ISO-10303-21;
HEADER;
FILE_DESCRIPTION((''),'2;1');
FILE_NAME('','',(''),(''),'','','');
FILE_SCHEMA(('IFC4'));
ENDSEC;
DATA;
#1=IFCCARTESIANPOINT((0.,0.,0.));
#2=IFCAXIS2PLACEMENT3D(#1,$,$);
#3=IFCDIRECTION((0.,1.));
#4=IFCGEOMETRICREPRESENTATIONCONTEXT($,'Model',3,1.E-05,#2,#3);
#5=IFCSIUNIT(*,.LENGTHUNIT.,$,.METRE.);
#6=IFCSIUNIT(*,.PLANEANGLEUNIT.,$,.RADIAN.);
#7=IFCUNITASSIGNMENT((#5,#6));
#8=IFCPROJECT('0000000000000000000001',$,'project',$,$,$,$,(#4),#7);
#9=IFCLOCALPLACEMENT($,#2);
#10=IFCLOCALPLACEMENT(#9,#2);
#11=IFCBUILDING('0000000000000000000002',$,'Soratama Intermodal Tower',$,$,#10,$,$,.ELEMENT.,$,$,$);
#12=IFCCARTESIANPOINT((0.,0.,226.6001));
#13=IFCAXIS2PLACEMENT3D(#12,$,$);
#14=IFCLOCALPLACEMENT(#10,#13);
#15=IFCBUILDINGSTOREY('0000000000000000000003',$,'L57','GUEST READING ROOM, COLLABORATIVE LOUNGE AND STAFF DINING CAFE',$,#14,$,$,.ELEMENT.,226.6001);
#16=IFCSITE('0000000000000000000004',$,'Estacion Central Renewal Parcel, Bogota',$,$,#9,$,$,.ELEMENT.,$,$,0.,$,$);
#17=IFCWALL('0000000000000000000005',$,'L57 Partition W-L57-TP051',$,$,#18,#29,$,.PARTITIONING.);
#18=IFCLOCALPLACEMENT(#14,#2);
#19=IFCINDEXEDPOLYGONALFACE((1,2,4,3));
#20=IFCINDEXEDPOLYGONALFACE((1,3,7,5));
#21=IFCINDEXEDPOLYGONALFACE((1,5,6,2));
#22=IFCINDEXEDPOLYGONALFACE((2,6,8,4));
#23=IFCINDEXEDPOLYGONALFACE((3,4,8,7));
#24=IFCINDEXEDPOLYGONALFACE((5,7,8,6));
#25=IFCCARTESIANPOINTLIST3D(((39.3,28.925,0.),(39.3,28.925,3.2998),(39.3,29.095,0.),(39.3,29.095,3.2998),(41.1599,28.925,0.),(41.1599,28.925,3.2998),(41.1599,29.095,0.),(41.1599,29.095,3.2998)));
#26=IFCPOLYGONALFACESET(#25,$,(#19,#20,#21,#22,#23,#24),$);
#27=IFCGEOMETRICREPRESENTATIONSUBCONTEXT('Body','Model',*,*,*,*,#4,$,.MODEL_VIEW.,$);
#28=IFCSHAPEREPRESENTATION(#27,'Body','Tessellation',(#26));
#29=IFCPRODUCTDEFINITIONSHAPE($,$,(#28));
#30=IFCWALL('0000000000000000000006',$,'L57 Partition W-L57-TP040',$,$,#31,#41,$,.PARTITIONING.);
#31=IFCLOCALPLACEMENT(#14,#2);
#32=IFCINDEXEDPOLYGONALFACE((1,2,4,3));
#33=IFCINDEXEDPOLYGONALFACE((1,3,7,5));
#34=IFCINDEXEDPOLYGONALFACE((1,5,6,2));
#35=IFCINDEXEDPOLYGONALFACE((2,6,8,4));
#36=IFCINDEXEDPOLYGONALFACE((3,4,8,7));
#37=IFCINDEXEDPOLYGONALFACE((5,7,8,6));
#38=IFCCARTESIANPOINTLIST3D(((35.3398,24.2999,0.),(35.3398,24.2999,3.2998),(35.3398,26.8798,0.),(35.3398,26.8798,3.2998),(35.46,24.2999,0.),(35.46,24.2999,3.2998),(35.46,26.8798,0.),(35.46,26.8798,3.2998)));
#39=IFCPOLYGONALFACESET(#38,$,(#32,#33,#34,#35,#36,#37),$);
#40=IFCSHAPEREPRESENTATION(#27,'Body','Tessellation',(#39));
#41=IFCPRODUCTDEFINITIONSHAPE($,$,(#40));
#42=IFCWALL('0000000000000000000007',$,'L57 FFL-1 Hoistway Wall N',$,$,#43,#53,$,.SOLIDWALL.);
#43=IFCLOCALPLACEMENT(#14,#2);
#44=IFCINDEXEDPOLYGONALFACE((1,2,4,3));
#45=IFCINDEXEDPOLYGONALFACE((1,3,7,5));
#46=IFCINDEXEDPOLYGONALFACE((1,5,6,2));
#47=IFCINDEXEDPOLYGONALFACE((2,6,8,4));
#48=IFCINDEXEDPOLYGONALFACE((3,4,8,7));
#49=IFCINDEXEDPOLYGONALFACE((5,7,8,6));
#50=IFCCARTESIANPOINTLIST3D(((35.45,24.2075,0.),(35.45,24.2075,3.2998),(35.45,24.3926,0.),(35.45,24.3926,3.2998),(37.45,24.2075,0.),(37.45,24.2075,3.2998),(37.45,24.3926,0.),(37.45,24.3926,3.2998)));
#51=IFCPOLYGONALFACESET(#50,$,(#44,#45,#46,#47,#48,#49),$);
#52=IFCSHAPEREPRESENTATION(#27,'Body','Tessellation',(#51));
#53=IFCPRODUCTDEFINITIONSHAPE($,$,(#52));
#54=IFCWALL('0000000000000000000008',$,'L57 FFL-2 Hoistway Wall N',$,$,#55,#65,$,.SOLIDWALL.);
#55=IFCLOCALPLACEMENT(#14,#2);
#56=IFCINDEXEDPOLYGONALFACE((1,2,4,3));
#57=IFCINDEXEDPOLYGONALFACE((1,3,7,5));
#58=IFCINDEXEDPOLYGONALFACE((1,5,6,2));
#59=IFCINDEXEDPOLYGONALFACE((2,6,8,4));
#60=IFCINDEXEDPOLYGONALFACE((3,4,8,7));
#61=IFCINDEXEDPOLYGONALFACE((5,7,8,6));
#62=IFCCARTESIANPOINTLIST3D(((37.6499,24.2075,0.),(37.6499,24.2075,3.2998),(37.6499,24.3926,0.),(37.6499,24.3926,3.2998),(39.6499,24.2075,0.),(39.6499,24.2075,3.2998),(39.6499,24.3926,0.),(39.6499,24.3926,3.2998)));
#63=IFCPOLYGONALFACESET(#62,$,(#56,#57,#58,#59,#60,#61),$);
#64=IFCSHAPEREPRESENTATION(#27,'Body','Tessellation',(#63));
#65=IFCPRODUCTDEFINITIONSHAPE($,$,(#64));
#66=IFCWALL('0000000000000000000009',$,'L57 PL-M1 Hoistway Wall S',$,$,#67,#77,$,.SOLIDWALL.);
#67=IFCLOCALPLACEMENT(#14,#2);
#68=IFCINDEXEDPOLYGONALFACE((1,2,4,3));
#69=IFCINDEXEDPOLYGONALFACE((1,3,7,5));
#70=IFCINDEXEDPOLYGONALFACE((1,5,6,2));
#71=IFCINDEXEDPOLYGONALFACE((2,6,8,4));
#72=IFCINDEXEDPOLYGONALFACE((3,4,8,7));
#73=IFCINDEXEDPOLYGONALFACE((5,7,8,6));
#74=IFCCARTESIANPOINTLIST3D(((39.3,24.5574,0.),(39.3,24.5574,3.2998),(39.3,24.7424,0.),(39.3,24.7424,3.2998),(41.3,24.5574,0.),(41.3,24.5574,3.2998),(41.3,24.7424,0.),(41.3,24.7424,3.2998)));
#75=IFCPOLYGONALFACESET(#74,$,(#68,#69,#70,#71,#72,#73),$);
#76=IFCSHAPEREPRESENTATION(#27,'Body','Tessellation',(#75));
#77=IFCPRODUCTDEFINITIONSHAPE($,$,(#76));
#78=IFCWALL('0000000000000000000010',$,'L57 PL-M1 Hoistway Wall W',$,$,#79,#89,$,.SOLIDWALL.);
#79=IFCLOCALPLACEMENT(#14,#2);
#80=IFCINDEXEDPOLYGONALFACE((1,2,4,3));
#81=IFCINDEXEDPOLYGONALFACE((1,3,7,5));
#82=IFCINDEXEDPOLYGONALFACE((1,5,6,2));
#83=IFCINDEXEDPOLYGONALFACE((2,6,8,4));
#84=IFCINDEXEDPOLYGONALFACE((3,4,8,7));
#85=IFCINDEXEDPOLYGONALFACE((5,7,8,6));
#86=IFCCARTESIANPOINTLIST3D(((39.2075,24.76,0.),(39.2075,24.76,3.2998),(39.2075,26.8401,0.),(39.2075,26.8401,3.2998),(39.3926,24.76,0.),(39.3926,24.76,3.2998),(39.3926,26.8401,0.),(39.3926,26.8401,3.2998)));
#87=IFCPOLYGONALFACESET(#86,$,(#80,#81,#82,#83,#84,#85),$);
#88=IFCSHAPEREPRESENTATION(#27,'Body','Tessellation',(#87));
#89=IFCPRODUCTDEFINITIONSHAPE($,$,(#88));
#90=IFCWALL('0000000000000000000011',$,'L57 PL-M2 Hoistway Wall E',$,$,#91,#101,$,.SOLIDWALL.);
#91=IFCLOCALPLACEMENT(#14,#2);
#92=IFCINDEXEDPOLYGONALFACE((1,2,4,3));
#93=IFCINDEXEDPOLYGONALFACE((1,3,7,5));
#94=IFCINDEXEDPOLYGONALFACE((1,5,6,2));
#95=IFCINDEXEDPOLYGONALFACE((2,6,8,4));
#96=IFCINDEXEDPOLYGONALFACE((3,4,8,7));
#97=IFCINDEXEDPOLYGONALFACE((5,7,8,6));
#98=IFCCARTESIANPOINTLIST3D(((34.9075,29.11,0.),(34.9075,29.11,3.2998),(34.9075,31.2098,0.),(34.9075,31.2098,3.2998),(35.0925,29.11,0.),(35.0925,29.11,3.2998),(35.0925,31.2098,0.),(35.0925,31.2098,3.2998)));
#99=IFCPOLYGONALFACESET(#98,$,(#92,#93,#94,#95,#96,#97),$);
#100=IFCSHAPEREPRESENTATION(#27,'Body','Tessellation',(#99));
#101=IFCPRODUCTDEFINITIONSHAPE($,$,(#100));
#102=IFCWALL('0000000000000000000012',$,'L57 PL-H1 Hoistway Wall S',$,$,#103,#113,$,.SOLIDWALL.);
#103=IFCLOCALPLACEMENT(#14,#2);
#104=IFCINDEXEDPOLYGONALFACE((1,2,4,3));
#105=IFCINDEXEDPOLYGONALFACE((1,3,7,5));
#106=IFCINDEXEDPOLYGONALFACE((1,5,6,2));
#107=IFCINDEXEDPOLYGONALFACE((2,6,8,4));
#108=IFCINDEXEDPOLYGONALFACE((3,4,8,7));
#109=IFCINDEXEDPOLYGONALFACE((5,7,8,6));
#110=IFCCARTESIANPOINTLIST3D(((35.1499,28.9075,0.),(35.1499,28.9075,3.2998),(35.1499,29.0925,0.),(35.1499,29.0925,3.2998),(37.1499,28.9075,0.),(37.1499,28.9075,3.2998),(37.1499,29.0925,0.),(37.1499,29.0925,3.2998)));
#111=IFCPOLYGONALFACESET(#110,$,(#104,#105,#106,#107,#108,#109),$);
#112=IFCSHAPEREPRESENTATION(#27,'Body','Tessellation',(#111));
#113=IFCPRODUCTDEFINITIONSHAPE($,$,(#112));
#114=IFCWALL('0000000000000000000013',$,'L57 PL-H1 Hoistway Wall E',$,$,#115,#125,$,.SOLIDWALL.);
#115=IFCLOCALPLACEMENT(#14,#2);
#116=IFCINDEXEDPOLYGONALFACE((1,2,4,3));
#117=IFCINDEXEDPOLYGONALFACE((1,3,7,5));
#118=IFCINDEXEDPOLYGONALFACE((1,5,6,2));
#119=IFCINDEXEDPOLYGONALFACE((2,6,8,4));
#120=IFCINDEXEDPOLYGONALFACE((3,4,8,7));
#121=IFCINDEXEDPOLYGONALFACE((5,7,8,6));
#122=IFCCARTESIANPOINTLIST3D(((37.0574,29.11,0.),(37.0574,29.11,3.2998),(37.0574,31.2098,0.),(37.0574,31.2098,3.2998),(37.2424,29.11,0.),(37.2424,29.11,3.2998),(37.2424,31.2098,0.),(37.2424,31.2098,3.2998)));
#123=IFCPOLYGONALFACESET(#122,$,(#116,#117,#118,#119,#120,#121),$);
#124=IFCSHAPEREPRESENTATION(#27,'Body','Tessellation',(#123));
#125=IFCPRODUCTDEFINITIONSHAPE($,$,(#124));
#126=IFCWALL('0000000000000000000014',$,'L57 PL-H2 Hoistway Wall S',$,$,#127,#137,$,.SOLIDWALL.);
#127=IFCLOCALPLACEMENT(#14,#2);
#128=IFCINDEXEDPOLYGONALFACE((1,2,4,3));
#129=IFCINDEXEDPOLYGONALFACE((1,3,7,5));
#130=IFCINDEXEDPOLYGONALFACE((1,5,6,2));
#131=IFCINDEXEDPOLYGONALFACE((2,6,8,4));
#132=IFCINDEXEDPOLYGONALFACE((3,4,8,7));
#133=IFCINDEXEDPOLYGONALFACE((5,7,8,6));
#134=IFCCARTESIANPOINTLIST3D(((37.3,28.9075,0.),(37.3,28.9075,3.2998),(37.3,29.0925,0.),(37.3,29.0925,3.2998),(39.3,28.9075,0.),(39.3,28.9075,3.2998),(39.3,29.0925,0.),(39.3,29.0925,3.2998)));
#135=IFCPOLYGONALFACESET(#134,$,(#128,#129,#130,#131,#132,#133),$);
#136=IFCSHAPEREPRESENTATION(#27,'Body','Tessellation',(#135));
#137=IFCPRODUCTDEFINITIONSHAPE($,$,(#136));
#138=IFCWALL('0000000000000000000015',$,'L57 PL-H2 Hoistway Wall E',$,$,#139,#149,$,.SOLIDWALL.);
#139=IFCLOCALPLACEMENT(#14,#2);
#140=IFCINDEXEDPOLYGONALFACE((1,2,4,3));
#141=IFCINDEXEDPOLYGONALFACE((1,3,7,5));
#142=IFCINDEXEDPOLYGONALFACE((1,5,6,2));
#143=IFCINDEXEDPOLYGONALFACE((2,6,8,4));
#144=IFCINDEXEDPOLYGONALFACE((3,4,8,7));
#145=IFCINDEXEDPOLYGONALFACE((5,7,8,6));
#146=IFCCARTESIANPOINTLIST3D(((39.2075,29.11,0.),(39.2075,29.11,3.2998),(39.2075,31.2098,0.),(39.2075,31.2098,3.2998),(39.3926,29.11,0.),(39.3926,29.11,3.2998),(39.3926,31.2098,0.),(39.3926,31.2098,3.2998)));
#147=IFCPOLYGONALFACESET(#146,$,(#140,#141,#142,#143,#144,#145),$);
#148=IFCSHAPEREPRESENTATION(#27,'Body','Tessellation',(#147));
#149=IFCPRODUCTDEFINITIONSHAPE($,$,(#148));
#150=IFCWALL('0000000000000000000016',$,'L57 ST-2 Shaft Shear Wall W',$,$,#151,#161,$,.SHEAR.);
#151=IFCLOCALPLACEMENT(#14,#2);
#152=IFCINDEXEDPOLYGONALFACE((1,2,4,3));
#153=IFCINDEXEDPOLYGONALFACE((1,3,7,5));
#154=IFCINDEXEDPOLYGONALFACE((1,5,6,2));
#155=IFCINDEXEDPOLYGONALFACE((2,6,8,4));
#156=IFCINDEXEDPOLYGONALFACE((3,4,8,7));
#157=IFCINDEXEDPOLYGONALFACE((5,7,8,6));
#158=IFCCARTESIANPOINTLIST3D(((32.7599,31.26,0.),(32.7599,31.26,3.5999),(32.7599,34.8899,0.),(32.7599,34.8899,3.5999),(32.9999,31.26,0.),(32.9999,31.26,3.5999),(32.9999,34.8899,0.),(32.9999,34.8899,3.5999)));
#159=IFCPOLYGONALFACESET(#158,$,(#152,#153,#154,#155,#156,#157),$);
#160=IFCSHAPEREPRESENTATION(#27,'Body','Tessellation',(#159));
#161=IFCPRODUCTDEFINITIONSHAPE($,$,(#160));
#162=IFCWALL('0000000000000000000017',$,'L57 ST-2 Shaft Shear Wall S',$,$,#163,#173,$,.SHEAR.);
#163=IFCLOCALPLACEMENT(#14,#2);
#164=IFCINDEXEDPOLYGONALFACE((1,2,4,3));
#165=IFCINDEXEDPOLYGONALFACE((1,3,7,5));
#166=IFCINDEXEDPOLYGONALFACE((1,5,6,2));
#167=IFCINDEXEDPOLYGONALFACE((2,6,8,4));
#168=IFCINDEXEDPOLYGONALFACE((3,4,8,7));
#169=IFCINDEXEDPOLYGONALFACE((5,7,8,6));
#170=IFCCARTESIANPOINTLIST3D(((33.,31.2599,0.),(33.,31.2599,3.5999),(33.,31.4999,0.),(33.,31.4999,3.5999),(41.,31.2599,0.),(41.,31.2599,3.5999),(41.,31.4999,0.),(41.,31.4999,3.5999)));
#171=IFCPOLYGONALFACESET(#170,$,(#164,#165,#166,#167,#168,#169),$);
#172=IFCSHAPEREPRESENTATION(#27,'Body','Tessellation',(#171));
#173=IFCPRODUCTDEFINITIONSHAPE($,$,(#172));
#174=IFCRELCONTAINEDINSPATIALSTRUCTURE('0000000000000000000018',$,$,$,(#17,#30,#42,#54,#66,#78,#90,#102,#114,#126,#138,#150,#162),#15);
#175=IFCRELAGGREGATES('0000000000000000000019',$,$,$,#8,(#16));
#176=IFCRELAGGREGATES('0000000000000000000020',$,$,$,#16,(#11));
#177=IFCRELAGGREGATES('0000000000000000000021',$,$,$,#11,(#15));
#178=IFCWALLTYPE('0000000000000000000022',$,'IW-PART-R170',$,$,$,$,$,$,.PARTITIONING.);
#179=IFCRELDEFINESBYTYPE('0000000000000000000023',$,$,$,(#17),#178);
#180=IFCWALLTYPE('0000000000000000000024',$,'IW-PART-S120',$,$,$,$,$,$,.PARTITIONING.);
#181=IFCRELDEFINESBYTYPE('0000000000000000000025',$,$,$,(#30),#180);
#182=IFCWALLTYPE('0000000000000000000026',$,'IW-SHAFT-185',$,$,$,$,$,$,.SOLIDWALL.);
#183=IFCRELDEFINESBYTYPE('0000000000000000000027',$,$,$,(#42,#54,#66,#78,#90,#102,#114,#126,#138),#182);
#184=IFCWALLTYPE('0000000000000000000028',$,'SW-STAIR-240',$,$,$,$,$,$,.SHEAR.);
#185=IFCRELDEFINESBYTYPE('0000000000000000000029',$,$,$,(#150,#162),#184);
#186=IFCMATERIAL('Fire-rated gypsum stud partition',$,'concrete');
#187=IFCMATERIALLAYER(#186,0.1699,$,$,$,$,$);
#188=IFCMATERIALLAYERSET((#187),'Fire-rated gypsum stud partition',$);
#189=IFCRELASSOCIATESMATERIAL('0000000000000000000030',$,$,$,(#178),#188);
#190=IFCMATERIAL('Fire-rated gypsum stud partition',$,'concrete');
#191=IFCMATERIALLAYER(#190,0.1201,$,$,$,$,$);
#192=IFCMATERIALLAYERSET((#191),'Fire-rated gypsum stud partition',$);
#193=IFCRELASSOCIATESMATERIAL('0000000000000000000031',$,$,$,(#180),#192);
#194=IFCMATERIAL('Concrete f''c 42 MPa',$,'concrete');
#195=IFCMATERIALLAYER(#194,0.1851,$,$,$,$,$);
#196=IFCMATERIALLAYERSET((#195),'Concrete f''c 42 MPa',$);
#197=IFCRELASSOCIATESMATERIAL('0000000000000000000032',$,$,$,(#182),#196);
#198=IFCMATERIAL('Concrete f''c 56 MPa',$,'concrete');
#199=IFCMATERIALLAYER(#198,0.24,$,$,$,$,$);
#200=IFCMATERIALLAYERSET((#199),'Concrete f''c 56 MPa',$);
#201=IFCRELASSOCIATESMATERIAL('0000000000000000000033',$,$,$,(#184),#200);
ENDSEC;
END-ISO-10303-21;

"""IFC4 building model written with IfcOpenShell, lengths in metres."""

from ifc_helpers import new_model, si_unit, direction, frame, frame_2d, origin, place, context, subcontext, project, spatial, rectangle, extrude, material, layer, layer_set, type_object, element, save


model = new_model("IFC4")

# Units and contexts
model_context = context("Model", 3, precision=1e-05, world=origin(), true_north=direction((0.0, 1.0)))
body_context = subcontext(model_context, "Body", "Model", "MODEL_VIEW")
ifc_project = project(units=[si_unit("LENGTHUNIT", "METRE"), si_unit("PLANEANGLEUNIT", "RADIAN")], contexts=[model_context])

# Site, building, storey
site_placement = place(None, origin())
site = spatial("IfcSite", under=ifc_project, at=site_placement, Name="Estacion Central Renewal Parcel, Bogota", CompositionType="ELEMENT", RefElevation=0.0)
building_placement = place(site_placement, origin())
building = spatial("IfcBuilding", under=site, at=building_placement, Name="Soratama Intermodal Tower", CompositionType="ELEMENT")
storey_placement = place(building_placement, frame((0.0, 0.0, 226.6001)))
storey = spatial("IfcBuildingStorey", under=building, at=storey_placement, Name="L57", Description="GUEST READING ROOM, COLLABORATIVE LOUNGE AND STAFF DINING CAFE", CompositionType="ELEMENT", Elevation=226.6001)

# Shared definitions
ifc_material_1 = material(Name="Fire-rated gypsum stud partition", Category="concrete")
ifc_layer_1 = layer(ifc_material_1, 0.1699)
ifc_layer_set_1 = layer_set([ifc_layer_1], Name="Fire-rated gypsum stud partition")
wall_type_1 = type_object("IfcWallType", Name="IW-PART-R170", PredefinedType="PARTITIONING", material=ifc_layer_set_1)

# Walls
wall_1_placement = place(storey_placement, frame((39.3, 29.01, 0.0), z_axis=(0.0, 0.0, 1.0), x_axis=(1.0, 0.0, 0.0)))
element("IfcWall", 1, at=wall_1_placement, inside=storey, type_object=wall_type_1, Name="L57 Partition W-L57-TP051", PredefinedType="PARTITIONING", context=body_context, shape_type="SweptSolid", body=[
    extrude(rectangle(XDim=1.8599, YDim=0.1699, at=frame_2d((0.9299, 0.0))), origin(), (0.0, 0.0, 1.0), 3.2998),
])
ifc_material_2 = material(Name="Fire-rated gypsum stud partition", Category="concrete")
ifc_layer_2 = layer(ifc_material_2, 0.1201)
ifc_layer_set_2 = layer_set([ifc_layer_2], Name="Fire-rated gypsum stud partition")
wall_type_2 = type_object("IfcWallType", Name="IW-PART-S120", PredefinedType="PARTITIONING", material=ifc_layer_set_2)
wall_2_placement = place(storey_placement, frame((35.3999, 26.8799, 0.0), z_axis=(0.0, 0.0, 1.0), x_axis=(0.0, -1.0, 0.0)))
element("IfcWall", 2, at=wall_2_placement, inside=storey, type_object=wall_type_2, Name="L57 Partition W-L57-TP040", PredefinedType="PARTITIONING", context=body_context, shape_type="SweptSolid", body=[
    extrude(rectangle(XDim=2.5798, YDim=0.1201, at=frame_2d((1.29, 0.0))), origin(), (0.0, 0.0, 1.0), 3.2998),
])
ifc_material_3 = material(Name="Concrete f'c 42 MPa", Category="concrete")
ifc_layer_3 = layer(ifc_material_3, 0.1851)
ifc_layer_set_3 = layer_set([ifc_layer_3], Name="Concrete f'c 42 MPa")
wall_type_3 = type_object("IfcWallType", Name="IW-SHAFT-185", PredefinedType="SOLIDWALL", material=ifc_layer_set_3)
for number, where, z_axis, x_axis, name in (
    (3, (35.45, 24.3, 0.0), (0.0, 0.0, 1.0), (1.0, 0.0, 0.0), "L57 FFL-1 Hoistway Wall N"),
    (4, (37.6499, 24.3, 0.0), (0.0, 0.0, 1.0), (1.0, 0.0, 0.0), "L57 FFL-2 Hoistway Wall N"),
    (5, (39.3, 24.6499, 0.0), (0.0, 0.0, 1.0), (1.0, 0.0, 0.0), "L57 PL-M1 Hoistway Wall S"),
):
    element("IfcWall", number, at=place(storey_placement, frame(where, z_axis=z_axis, x_axis=x_axis)), inside=storey, type_object=wall_type_3, Name=name, PredefinedType="SOLIDWALL", context=body_context, shape_type="SweptSolid", body=[
        extrude(rectangle(XDim=2.0, YDim=0.1851, at=frame_2d((1.0, 0.0))), origin(), (0.0, 0.0, 1.0), 3.2998),
    ])

# Walls
wall_3_placement = place(storey_placement, frame((39.3, 24.76, 0.0), z_axis=(0.0, 0.0, 1.0), x_axis=(0.0, 1.0, 0.0)))
element("IfcWall", 6, at=wall_3_placement, inside=storey, type_object=wall_type_3, Name="L57 PL-M1 Hoistway Wall W", PredefinedType="SOLIDWALL", context=body_context, shape_type="SweptSolid", body=[
    extrude(rectangle(XDim=2.0801, YDim=0.1851, at=frame_2d((1.04, 0.0))), origin(), (0.0, 0.0, 1.0), 3.2998),
])
wall_4_placement = place(storey_placement, frame((35.0, 29.1101, 0.0), z_axis=(0.0, 0.0, 1.0), x_axis=(0.0, 1.0, 0.0)))
element("IfcWall", 7, at=wall_4_placement, inside=storey, type_object=wall_type_3, Name="L57 PL-M2 Hoistway Wall E", PredefinedType="SOLIDWALL", context=body_context, shape_type="SweptSolid", body=[
    extrude(rectangle(XDim=2.0999, YDim=0.1851, at=frame_2d((1.0498, 0.0))), origin(), (0.0, 0.0, 1.0), 3.2998),
])
wall_5_placement = place(storey_placement, frame((35.1499, 29.0, 0.0), z_axis=(0.0, 0.0, 1.0), x_axis=(1.0, 0.0, 0.0)))
element("IfcWall", 8, at=wall_5_placement, inside=storey, type_object=wall_type_3, Name="L57 PL-H1 Hoistway Wall S", PredefinedType="SOLIDWALL", context=body_context, shape_type="SweptSolid", body=[
    extrude(rectangle(XDim=2.0, YDim=0.1851, at=frame_2d((1.0, 0.0))), origin(), (0.0, 0.0, 1.0), 3.2998),
])
wall_6_placement = place(storey_placement, frame((37.1499, 29.1101, 0.0), z_axis=(0.0, 0.0, 1.0), x_axis=(0.0, 1.0, 0.0)))
element("IfcWall", 9, at=wall_6_placement, inside=storey, type_object=wall_type_3, Name="L57 PL-H1 Hoistway Wall E", PredefinedType="SOLIDWALL", context=body_context, shape_type="SweptSolid", body=[
    extrude(rectangle(XDim=2.0999, YDim=0.1851, at=frame_2d((1.0498, 0.0))), origin(), (0.0, 0.0, 1.0), 3.2998),
])
wall_7_placement = place(storey_placement, frame((37.3, 29.0, 0.0), z_axis=(0.0, 0.0, 1.0), x_axis=(1.0, 0.0, 0.0)))
element("IfcWall", 10, at=wall_7_placement, inside=storey, type_object=wall_type_3, Name="L57 PL-H2 Hoistway Wall S", PredefinedType="SOLIDWALL", context=body_context, shape_type="SweptSolid", body=[
    extrude(rectangle(XDim=2.0, YDim=0.1851, at=frame_2d((1.0, 0.0))), origin(), (0.0, 0.0, 1.0), 3.2998),
])
wall_8_placement = place(storey_placement, frame((39.3, 29.1101, 0.0), z_axis=(0.0, 0.0, 1.0), x_axis=(0.0, 1.0, 0.0)))
element("IfcWall", 11, at=wall_8_placement, inside=storey, type_object=wall_type_3, Name="L57 PL-H2 Hoistway Wall E", PredefinedType="SOLIDWALL", context=body_context, shape_type="SweptSolid", body=[
    extrude(rectangle(XDim=2.0999, YDim=0.1851, at=frame_2d((1.0498, 0.0))), origin(), (0.0, 0.0, 1.0), 3.2998),
])
ifc_material_4 = material(Name="Concrete f'c 56 MPa", Category="concrete")
ifc_layer_4 = layer(ifc_material_4, 0.24)
ifc_layer_set_4 = layer_set([ifc_layer_4], Name="Concrete f'c 56 MPa")
wall_type_4 = type_object("IfcWallType", Name="SW-STAIR-240", PredefinedType="SHEAR", material=ifc_layer_set_4)
wall_9_placement = place(storey_placement, frame((32.8799, 31.26, 0.0), z_axis=(0.0, 0.0, 1.0), x_axis=(0.0, 1.0, 0.0)))
element("IfcWall", 12, at=wall_9_placement, inside=storey, type_object=wall_type_4, Name="L57 ST-2 Shaft Shear Wall W", PredefinedType="SHEAR", context=body_context, shape_type="SweptSolid", body=[
    extrude(rectangle(XDim=3.6299, YDim=0.24, at=frame_2d((1.8149, 0.0))), origin(), (0.0, 0.0, 1.0), 3.5999),
])
wall_10_placement = place(storey_placement, frame((33.0, 31.3799, 0.0), z_axis=(0.0, 0.0, 1.0), x_axis=(1.0, 0.0, 0.0)))
element("IfcWall", 13, at=wall_10_placement, inside=storey, type_object=wall_type_4, Name="L57 ST-2 Shaft Shear Wall S", PredefinedType="SHEAR", context=body_context, shape_type="SweptSolid", body=[
    extrude(rectangle(XDim=8.0, YDim=0.24, at=frame_2d((4.0, 0.0))), origin(), (0.0, 0.0, 1.0), 3.5999),
])

save(model, "model.ifc")
